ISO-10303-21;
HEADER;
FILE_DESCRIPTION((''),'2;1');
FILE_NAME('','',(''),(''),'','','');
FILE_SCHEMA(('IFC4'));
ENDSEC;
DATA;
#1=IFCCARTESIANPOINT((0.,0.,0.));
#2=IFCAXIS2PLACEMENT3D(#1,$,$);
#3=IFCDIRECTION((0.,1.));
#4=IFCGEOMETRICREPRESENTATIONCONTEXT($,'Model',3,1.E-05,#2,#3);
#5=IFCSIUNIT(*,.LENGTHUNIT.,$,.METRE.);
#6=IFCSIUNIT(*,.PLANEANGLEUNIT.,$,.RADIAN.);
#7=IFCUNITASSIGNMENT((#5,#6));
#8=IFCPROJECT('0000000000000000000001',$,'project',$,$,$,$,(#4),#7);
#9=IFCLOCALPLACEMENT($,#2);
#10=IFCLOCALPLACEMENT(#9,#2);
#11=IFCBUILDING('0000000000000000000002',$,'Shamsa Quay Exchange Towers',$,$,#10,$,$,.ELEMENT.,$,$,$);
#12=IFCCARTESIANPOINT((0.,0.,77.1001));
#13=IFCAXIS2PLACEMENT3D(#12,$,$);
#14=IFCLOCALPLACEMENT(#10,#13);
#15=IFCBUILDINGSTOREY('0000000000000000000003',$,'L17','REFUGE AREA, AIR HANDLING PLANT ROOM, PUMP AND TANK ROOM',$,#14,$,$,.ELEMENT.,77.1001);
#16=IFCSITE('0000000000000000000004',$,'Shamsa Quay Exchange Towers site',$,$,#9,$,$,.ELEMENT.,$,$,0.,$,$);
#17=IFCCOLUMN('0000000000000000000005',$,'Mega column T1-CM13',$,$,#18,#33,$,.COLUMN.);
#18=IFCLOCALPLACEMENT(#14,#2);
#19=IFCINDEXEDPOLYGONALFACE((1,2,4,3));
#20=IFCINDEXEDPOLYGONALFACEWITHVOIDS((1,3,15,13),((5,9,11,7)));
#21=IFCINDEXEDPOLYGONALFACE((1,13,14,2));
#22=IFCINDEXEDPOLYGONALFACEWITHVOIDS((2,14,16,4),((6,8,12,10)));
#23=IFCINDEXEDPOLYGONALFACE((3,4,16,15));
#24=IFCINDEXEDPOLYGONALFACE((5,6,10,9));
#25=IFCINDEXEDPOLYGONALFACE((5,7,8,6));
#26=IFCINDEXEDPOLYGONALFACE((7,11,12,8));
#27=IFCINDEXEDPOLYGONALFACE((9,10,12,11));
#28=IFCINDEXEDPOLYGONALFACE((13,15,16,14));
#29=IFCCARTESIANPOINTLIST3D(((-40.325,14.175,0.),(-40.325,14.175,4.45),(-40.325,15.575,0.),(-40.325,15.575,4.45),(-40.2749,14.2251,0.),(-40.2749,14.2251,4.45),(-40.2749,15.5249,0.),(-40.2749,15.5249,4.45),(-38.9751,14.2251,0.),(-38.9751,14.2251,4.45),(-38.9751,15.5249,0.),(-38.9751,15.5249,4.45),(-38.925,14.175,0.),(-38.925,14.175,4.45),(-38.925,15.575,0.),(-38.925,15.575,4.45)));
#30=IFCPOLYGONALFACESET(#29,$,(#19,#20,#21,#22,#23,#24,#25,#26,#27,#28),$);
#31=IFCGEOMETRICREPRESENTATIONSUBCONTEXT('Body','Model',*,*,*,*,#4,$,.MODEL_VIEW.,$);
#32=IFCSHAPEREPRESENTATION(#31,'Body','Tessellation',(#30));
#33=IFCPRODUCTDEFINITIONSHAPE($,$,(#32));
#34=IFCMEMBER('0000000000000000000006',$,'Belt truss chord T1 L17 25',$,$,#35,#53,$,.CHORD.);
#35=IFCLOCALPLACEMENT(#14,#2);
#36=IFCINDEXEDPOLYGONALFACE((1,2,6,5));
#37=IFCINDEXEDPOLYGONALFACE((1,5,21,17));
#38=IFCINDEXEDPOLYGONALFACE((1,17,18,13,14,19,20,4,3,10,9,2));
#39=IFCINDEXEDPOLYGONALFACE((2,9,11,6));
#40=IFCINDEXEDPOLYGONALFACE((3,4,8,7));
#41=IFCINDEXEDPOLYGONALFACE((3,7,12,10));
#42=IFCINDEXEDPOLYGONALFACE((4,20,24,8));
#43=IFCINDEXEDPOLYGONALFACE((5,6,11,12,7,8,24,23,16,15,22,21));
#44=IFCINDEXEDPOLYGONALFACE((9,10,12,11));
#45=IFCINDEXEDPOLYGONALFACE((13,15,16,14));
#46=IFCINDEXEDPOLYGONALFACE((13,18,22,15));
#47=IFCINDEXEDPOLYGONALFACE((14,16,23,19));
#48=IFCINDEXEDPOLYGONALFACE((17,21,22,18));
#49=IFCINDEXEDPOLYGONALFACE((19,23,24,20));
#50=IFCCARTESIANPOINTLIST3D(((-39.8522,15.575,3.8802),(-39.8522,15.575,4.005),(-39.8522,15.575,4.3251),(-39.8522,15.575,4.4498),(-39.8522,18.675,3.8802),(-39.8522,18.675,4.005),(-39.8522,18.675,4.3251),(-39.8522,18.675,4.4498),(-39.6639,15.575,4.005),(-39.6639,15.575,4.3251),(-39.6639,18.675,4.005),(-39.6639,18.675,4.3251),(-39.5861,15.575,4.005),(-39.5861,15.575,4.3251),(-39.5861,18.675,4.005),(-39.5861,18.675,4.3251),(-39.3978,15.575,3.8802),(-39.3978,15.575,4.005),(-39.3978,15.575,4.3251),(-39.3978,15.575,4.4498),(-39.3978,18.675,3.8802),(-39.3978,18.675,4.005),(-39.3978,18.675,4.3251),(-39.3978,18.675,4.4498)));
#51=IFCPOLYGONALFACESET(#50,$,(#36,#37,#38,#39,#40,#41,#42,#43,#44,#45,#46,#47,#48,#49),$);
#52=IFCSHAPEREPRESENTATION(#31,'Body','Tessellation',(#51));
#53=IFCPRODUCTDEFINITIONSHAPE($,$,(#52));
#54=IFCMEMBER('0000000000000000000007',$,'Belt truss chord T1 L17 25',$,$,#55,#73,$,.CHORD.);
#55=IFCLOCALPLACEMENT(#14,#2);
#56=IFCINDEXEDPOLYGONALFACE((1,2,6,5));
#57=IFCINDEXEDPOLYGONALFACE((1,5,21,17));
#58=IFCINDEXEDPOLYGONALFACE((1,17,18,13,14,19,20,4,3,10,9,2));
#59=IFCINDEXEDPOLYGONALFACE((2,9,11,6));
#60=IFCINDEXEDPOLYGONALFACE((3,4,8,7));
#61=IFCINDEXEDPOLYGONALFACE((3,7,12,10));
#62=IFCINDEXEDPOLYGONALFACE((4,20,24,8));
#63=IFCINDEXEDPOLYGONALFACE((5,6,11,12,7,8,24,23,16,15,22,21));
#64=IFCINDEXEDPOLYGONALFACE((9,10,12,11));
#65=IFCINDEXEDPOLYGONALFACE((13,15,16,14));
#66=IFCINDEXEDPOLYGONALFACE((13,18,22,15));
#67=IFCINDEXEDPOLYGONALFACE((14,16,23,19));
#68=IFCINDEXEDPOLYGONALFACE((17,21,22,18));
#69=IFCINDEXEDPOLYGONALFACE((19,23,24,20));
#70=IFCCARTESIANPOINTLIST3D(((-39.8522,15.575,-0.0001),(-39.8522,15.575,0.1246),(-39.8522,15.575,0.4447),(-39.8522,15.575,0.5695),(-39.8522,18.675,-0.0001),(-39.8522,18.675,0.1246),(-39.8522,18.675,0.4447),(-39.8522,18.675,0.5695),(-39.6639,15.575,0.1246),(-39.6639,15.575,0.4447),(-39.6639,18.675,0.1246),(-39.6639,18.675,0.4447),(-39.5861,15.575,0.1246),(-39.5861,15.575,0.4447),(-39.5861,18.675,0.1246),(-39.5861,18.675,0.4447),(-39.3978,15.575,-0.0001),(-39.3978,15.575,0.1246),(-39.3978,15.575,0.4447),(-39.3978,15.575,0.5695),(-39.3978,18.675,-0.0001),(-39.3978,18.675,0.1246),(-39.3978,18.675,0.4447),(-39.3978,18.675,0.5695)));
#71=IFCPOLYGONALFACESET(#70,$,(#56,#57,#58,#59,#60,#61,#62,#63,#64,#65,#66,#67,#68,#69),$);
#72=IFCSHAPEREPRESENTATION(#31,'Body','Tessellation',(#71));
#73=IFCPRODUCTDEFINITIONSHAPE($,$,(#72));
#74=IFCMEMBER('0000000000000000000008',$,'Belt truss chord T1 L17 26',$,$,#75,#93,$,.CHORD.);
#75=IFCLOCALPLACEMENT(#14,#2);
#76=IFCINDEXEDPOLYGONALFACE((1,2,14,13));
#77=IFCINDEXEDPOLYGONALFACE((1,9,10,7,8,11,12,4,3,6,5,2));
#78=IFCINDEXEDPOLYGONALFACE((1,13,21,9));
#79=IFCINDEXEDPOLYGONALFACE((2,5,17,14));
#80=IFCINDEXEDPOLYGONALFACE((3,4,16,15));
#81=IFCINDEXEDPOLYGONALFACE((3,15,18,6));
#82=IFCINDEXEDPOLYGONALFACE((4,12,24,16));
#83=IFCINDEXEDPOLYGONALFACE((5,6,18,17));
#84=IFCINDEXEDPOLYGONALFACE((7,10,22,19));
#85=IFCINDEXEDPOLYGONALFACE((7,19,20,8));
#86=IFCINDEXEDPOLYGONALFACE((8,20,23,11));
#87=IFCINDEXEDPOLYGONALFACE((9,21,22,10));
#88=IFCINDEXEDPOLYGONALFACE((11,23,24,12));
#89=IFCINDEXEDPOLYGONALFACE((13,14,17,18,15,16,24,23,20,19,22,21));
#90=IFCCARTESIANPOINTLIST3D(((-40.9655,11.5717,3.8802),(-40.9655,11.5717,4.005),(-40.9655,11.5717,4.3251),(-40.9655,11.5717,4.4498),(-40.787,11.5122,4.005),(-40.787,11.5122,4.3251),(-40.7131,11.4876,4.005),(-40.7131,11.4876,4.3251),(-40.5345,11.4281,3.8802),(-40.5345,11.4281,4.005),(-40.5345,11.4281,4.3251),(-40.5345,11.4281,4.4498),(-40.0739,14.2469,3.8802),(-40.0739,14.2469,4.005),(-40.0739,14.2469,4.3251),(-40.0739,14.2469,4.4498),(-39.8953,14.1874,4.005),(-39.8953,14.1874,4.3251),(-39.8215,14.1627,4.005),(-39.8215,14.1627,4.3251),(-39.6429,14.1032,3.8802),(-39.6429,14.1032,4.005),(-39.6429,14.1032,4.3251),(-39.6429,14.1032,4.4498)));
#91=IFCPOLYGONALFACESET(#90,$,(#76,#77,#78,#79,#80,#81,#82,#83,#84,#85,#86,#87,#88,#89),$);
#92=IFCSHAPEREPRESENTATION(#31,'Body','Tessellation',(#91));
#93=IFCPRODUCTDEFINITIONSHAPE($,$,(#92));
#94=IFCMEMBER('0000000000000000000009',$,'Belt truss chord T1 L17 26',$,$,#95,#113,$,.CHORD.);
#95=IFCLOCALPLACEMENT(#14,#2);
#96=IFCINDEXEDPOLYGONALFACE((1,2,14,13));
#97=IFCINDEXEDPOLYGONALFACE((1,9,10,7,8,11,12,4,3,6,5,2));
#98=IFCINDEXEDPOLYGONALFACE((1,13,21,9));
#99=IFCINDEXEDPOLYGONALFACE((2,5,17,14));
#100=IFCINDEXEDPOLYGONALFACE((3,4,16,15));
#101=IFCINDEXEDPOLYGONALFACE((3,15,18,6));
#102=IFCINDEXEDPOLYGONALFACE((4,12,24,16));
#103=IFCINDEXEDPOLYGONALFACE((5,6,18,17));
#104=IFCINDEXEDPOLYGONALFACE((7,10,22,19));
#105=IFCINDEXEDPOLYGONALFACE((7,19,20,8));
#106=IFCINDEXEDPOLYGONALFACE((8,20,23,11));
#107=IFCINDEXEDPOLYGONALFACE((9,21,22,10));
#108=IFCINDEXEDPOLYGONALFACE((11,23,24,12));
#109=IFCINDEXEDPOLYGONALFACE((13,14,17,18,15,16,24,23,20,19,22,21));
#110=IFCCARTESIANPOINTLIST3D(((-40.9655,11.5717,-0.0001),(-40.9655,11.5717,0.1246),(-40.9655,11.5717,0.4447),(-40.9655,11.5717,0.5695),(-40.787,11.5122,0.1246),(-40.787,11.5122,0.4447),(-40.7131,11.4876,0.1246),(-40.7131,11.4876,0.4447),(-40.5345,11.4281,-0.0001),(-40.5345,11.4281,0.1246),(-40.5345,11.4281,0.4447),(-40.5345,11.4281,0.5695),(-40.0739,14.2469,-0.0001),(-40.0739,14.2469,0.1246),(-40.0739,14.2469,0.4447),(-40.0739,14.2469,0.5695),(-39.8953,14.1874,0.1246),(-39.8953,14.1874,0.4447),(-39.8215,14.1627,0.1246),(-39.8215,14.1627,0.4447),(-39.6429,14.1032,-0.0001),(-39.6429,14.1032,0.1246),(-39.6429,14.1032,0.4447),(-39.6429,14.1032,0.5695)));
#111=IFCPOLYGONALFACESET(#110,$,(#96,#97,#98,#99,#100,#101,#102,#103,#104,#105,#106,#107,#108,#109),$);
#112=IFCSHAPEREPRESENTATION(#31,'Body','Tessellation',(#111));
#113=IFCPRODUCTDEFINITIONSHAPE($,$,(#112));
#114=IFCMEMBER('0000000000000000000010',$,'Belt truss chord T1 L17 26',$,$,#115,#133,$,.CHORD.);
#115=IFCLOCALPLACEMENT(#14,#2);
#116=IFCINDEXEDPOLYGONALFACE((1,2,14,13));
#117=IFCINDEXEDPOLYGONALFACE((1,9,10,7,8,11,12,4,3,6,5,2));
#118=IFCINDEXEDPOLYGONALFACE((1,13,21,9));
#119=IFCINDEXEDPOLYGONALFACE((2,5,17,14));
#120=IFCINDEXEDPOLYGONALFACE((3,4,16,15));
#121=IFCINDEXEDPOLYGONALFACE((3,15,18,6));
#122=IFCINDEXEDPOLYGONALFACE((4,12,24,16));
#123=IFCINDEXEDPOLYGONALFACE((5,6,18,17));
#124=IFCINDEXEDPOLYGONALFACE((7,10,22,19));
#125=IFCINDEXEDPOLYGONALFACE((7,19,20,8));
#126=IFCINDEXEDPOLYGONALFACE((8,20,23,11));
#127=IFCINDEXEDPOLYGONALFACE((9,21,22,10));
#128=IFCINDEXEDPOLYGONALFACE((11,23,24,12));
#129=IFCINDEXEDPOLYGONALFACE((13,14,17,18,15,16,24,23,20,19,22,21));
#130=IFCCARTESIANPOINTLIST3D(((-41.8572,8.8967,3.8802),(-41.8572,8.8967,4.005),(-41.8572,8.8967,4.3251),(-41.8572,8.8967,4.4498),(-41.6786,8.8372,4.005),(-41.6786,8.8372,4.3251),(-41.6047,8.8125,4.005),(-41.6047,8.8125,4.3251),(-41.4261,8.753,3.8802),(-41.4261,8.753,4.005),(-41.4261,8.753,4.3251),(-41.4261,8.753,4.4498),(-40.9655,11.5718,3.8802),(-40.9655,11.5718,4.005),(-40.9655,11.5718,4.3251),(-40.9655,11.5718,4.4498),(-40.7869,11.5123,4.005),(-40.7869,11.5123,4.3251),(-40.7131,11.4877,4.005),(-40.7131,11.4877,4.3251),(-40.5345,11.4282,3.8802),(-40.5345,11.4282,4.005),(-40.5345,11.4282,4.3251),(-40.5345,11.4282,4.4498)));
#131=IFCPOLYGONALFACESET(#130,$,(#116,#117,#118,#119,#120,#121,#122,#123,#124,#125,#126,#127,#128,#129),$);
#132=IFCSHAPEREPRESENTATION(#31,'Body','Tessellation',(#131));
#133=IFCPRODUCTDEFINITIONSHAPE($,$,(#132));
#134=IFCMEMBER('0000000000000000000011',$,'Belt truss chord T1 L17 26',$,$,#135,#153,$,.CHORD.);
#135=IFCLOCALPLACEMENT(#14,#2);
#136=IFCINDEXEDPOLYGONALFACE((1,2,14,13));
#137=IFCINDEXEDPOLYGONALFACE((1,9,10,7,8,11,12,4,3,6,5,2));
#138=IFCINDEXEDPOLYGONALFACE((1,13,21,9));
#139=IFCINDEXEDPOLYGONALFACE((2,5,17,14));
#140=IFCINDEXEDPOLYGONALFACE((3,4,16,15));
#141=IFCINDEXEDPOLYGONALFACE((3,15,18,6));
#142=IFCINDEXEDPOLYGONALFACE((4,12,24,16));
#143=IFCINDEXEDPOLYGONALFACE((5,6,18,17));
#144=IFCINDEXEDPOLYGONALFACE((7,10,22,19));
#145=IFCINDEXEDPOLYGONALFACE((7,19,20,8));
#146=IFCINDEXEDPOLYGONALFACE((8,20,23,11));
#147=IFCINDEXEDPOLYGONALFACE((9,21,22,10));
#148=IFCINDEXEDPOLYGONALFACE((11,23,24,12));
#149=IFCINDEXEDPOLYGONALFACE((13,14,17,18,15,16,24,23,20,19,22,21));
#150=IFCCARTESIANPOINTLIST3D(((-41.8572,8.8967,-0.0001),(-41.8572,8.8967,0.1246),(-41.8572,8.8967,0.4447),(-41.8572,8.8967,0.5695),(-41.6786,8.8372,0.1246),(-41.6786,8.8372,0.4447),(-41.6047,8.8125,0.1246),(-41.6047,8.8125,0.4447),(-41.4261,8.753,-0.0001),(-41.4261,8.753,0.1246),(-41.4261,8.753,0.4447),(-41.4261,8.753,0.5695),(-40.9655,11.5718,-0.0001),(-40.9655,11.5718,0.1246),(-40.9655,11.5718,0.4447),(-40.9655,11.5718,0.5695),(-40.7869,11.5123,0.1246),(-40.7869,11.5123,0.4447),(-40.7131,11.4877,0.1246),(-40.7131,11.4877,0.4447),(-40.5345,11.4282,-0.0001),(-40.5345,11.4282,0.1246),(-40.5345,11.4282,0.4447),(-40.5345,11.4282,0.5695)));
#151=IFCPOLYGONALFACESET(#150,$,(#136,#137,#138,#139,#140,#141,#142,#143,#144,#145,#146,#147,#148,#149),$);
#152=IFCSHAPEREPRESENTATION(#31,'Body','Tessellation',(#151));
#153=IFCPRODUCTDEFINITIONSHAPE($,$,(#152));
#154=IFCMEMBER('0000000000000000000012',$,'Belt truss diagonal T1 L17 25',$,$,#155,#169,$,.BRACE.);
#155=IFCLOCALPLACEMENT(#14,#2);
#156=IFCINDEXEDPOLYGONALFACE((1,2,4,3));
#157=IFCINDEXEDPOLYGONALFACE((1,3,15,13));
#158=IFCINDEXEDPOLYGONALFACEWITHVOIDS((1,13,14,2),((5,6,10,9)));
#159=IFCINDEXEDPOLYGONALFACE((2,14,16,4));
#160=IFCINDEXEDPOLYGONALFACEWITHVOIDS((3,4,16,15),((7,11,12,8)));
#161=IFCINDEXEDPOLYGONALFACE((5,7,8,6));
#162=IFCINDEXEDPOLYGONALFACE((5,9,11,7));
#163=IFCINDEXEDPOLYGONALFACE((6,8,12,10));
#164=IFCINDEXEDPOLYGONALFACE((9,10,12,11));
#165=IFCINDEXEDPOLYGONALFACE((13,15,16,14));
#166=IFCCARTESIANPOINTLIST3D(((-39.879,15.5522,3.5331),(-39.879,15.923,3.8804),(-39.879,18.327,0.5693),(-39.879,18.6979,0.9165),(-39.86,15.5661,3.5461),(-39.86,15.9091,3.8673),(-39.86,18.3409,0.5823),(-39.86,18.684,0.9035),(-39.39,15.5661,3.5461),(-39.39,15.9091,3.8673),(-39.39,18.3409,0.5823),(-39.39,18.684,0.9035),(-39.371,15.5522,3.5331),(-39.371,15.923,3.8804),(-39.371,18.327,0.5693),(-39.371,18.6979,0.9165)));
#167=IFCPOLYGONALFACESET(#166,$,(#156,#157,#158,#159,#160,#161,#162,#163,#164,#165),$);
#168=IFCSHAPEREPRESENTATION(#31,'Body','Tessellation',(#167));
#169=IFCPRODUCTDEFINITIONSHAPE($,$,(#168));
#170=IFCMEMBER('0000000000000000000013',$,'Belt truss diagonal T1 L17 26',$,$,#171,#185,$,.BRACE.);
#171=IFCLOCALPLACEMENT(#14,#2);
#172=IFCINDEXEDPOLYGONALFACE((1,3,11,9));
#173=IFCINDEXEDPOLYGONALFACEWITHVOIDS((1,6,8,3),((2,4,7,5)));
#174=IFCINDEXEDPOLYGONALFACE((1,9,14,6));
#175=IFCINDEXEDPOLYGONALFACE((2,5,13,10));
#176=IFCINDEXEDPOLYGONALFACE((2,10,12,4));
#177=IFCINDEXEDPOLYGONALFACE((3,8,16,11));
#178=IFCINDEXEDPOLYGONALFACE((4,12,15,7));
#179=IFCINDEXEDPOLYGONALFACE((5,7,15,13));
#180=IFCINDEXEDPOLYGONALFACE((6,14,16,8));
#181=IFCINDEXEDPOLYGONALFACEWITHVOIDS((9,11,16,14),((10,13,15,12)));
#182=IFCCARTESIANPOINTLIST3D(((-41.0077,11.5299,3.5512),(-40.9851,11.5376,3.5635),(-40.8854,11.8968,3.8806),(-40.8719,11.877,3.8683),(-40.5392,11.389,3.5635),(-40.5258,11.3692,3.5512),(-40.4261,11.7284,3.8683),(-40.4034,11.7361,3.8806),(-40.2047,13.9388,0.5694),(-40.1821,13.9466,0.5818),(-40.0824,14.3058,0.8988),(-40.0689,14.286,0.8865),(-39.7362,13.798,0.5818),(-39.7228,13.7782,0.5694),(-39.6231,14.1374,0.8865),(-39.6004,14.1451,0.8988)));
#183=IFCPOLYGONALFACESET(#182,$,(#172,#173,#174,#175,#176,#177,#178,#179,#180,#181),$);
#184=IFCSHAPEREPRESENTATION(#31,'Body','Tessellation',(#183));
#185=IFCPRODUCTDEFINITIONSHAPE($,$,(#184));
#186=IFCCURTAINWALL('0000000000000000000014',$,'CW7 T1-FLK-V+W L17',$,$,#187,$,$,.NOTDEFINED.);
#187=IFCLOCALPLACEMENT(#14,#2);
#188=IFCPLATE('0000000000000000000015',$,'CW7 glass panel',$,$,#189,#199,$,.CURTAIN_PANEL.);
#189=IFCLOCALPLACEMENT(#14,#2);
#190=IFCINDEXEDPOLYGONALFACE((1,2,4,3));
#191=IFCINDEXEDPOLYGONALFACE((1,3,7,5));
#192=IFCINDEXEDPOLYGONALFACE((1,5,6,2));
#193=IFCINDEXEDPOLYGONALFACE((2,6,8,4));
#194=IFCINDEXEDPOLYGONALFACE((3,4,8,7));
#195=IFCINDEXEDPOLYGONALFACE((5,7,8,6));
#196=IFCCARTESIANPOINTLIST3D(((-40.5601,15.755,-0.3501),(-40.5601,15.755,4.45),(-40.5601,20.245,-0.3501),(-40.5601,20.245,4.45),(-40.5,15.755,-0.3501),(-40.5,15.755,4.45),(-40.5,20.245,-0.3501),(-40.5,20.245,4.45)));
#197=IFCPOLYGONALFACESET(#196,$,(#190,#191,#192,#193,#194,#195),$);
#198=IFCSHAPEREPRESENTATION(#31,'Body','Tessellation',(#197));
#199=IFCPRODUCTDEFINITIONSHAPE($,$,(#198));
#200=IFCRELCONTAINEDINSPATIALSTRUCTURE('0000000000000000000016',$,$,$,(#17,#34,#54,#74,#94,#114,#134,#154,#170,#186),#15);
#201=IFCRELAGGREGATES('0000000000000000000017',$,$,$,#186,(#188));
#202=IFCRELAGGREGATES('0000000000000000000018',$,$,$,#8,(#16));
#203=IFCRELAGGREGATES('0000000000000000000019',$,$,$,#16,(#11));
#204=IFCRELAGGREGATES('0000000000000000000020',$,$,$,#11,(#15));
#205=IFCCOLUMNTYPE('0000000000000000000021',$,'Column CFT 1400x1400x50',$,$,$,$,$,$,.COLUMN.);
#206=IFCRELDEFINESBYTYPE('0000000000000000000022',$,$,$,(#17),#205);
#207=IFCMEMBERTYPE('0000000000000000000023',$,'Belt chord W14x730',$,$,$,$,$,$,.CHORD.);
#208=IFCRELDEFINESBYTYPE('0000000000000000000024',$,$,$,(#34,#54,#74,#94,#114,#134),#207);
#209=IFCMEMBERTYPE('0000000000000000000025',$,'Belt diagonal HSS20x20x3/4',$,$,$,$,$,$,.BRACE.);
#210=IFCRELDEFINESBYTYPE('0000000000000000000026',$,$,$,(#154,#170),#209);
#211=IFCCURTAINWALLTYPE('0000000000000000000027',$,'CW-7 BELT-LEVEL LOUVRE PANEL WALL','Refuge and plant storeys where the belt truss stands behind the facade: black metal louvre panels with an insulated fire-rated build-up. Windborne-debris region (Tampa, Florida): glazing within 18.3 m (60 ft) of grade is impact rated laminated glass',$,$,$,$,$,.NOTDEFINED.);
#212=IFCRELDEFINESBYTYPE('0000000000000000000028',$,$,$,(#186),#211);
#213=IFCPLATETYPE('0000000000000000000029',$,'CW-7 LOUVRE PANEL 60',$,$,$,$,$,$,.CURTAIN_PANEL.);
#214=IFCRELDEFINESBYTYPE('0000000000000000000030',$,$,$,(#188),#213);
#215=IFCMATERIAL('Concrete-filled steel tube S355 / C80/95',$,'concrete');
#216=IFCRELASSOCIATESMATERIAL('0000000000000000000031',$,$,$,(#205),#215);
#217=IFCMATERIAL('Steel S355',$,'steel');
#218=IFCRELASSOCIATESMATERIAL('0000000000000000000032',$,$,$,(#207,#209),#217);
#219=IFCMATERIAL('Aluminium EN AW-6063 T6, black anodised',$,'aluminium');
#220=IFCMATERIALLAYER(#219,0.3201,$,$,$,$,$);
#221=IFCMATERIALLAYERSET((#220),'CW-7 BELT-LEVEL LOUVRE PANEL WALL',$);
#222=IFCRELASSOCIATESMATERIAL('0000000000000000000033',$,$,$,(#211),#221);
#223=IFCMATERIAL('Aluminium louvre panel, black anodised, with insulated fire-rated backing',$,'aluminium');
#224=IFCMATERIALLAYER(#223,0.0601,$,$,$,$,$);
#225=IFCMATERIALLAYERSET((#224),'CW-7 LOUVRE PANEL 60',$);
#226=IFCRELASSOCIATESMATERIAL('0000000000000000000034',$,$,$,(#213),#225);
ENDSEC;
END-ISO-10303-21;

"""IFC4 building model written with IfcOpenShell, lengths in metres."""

from ifc_helpers import new_model, si_unit, direction, frame, origin, origin_2d, place, context, subcontext, project, spatial, rectangle, hollow_rectangle, i_section, extrude, material, layer, layer_set, material_profile, profile_set, type_object, element, aggregate, save


model = new_model("IFC4")

# Units and contexts
model_context = context("Model", 3, precision=1e-05, world=origin(), true_north=direction((0.0, 1.0)))
body_context = subcontext(model_context, "Body", "Model", "MODEL_VIEW")
ifc_project = project(units=[si_unit("LENGTHUNIT", "METRE"), si_unit("PLANEANGLEUNIT", "RADIAN")], contexts=[model_context])

# Site, building, storey
site_placement = place(None, origin())
site = spatial("IfcSite", under=ifc_project, at=site_placement, Name="Shamsa Quay Exchange Towers site", CompositionType="ELEMENT", RefElevation=0.0)
building_placement = place(site_placement, origin())
building = spatial("IfcBuilding", under=site, at=building_placement, Name="Shamsa Quay Exchange Towers", CompositionType="ELEMENT")
storey_placement = place(building_placement, frame((0.0, 0.0, 77.1001)))
storey = spatial("IfcBuildingStorey", under=building, at=storey_placement, Name="L17", Description="REFUGE AREA, AIR HANDLING PLANT ROOM, PUMP AND TANK ROOM", CompositionType="ELEMENT", Elevation=77.1001)

# Column
ifc_material_1 = material(Name="Concrete-filled steel tube S355 / C80/95", Category="concrete")
ifc_material_profile_1 = material_profile(ifc_material_1, hollow_rectangle(XDim=1.3999, YDim=1.3999, WallThickness=0.05, at=origin_2d()), Name="CFT 1400x1400x50")
ifc_profile_set_1 = profile_set([ifc_material_profile_1], Name="Concrete-filled steel tube S355 / C80/95")
column_type = type_object("IfcColumnType", Name="Column CFT 1400x1400x50", PredefinedType="COLUMN", material=ifc_profile_set_1)
column_placement = place(storey_placement, frame((-39.625, 14.875, 0.0)))
element("IfcColumn", 1, at=column_placement, inside=storey, type_object=column_type, Name="Mega column T1-CM13", PredefinedType="COLUMN", context=body_context, shape_type="SweptSolid", body=[
    extrude(hollow_rectangle(XDim=1.3999, YDim=1.3999, WallThickness=0.05, at=origin_2d()), origin(), (0.0, 0.0, 1.0), 4.45),
])

# Members
ifc_material_2 = material(Name="Steel S355", Category="steel")
ifc_material_profile_2 = material_profile(ifc_material_2, i_section(OverallWidth=0.4543, OverallDepth=0.5696, WebThickness=0.0779, FlangeThickness=0.1248, at=origin_2d()), Name="W14x730")
ifc_profile_set_2 = profile_set([ifc_material_profile_2], Name="Steel S355")
member_type_1 = type_object("IfcMemberType", Name="Belt chord W14x730", PredefinedType="CHORD", material=ifc_profile_set_2)
for number, where, z_axis, x_axis, name in (
    (2, (-39.625, 18.675, 4.165), (0.0, -1.0, 0.0), (1.0, 0.0, 0.0), "Belt truss chord T1 L17 25"),
    (3, (-39.625, 18.675, 0.2847), (0.0, -1.0, 0.0), (1.0, 0.0, 0.0), "Belt truss chord T1 L17 25"),
):
    element("IfcMember", number, at=place(storey_placement, frame(where, z_axis=z_axis, x_axis=x_axis)), inside=storey, type_object=member_type_1, Name=name, PredefinedType="CHORD", context=body_context, shape_type="SweptSolid", body=[
        extrude(i_section(OverallWidth=0.4543, OverallDepth=0.5696, WebThickness=0.0779, FlangeThickness=0.1248, at=origin_2d()), origin(), (0.0, 0.0, 1.0), 3.1001),
    ])
for number, where, z_axis, x_axis, name in (
    (4, (-39.8584, 14.175, 4.165), (-0.316202, -0.948692, 0.0), (0.948692, -0.316202, 0.0), "Belt truss chord T1 L17 26"),
    (5, (-39.8584, 14.175, 0.2847), (-0.316202, -0.948692, 0.0), (0.948692, -0.316202, 0.0), "Belt truss chord T1 L17 26"),
    (6, (-40.75, 11.5, 4.165), (-0.316202, -0.948692, 0.0), (0.948692, -0.316202, 0.0), "Belt truss chord T1 L17 26"),
    (7, (-40.75, 11.5, 0.2847), (-0.316202, -0.948692, 0.0), (0.948692, -0.316202, 0.0), "Belt truss chord T1 L17 26"),
):
    element("IfcMember", number, at=place(storey_placement, frame(where, z_axis=z_axis, x_axis=x_axis)), inside=storey, type_object=member_type_1, Name=name, PredefinedType="CHORD", context=body_context, shape_type="SweptSolid", body=[
        extrude(i_section(OverallWidth=0.4543, OverallDepth=0.5696, WebThickness=0.0779, FlangeThickness=0.1248, at=origin_2d()), origin(), (0.0, 0.0, 1.0), 2.8198),
    ])
ifc_material_profile_3 = material_profile(ifc_material_2, hollow_rectangle(XDim=0.5081, YDim=0.5081, WallThickness=0.019, at=origin_2d()), Name="HSS20x20x3/4")
ifc_profile_set_3 = profile_set([ifc_material_profile_3], Name="Steel S355")
member_type_2 = type_object("IfcMemberType", Name="Belt diagonal HSS20x20x3/4", PredefinedType="BRACE", material=ifc_profile_set_3)
member_1_placement = place(storey_placement, frame((-39.625, 18.5125, 0.7429), z_axis=(0.0, -0.683453, 0.729995), x_axis=(1.0, 0.0, 0.0)))
element("IfcMember", 8, at=member_1_placement, inside=storey, type_object=member_type_2, Name="Belt truss diagonal T1 L17 25", PredefinedType="BRACE", context=body_context, shape_type="SweptSolid", body=[
    extrude(hollow_rectangle(XDim=0.5081, YDim=0.5081, WallThickness=0.019, at=origin_2d()), origin(), (0.0, 0.0, 1.0), 4.0601),
])
member_2_placement = place(storey_placement, frame((-39.9026, 14.042, 0.7341), z_axis=(-0.20503, -0.615089, 0.761334), x_axis=(0.948683, -0.316228, 0.0)))
element("IfcMember", 9, at=member_2_placement, inside=storey, type_object=member_type_2, Name="Belt truss diagonal T1 L17 26", PredefinedType="BRACE", context=body_context, shape_type="SweptSolid", body=[
    extrude(hollow_rectangle(XDim=0.5081, YDim=0.5081, WallThickness=0.019, at=origin_2d()), origin(), (0.0, 0.0, 1.0), 3.9165),
])

# Curtain wall, plate
ifc_material_3 = material(Name="Aluminium EN AW-6063 T6, black anodised", Category="aluminium")
ifc_layer_1 = layer(ifc_material_3, 0.3201)
ifc_layer_set_1 = layer_set([ifc_layer_1], Name="CW-7 BELT-LEVEL LOUVRE PANEL WALL")
curtain_wall_type = type_object("IfcCurtainWallType", Name="CW-7 BELT-LEVEL LOUVRE PANEL WALL", Description="Refuge and plant storeys where the belt truss stands behind the facade: black metal louvre panels with an insulated fire-rated build-up. Windborne-debris region (Tampa, Florida): glazing within 18.3 m (60 ft) of grade is impact rated laminated glass", PredefinedType="NOTDEFINED", material=ifc_layer_set_1)
curtain_wall_placement = place(storey_placement, origin())
curtain_wall = element("IfcCurtainWall", 10, at=curtain_wall_placement, inside=storey, type_object=curtain_wall_type, Name="CW7 T1-FLK-V+W L17", PredefinedType="NOTDEFINED")
ifc_material_4 = material(Name="Aluminium louvre panel, black anodised, with insulated fire-rated backing", Category="aluminium")
ifc_layer_2 = layer(ifc_material_4, 0.0601)
ifc_layer_set_2 = layer_set([ifc_layer_2], Name="CW-7 LOUVRE PANEL 60")
plate_type = type_object("IfcPlateType", Name="CW-7 LOUVRE PANEL 60", PredefinedType="CURTAIN_PANEL", material=ifc_layer_set_2)
plate_1_placement = place(storey_placement, frame((-40.53, 18.0, -0.3501), z_axis=(0.0, 0.0, 1.0), x_axis=(0.0, -1.0, 0.0)))
plate_1 = element("IfcPlate", 11, at=plate_1_placement, type_object=plate_type, Name="CW7 glass panel", PredefinedType="CURTAIN_PANEL", context=body_context, shape_type="SweptSolid", body=[
    extrude(rectangle(XDim=4.49, YDim=0.0601, at=origin_2d()), origin(), (0.0, 0.0, 1.0), 4.8),
])
aggregate(curtain_wall, [plate_1])

save(model, "model.ifc")
